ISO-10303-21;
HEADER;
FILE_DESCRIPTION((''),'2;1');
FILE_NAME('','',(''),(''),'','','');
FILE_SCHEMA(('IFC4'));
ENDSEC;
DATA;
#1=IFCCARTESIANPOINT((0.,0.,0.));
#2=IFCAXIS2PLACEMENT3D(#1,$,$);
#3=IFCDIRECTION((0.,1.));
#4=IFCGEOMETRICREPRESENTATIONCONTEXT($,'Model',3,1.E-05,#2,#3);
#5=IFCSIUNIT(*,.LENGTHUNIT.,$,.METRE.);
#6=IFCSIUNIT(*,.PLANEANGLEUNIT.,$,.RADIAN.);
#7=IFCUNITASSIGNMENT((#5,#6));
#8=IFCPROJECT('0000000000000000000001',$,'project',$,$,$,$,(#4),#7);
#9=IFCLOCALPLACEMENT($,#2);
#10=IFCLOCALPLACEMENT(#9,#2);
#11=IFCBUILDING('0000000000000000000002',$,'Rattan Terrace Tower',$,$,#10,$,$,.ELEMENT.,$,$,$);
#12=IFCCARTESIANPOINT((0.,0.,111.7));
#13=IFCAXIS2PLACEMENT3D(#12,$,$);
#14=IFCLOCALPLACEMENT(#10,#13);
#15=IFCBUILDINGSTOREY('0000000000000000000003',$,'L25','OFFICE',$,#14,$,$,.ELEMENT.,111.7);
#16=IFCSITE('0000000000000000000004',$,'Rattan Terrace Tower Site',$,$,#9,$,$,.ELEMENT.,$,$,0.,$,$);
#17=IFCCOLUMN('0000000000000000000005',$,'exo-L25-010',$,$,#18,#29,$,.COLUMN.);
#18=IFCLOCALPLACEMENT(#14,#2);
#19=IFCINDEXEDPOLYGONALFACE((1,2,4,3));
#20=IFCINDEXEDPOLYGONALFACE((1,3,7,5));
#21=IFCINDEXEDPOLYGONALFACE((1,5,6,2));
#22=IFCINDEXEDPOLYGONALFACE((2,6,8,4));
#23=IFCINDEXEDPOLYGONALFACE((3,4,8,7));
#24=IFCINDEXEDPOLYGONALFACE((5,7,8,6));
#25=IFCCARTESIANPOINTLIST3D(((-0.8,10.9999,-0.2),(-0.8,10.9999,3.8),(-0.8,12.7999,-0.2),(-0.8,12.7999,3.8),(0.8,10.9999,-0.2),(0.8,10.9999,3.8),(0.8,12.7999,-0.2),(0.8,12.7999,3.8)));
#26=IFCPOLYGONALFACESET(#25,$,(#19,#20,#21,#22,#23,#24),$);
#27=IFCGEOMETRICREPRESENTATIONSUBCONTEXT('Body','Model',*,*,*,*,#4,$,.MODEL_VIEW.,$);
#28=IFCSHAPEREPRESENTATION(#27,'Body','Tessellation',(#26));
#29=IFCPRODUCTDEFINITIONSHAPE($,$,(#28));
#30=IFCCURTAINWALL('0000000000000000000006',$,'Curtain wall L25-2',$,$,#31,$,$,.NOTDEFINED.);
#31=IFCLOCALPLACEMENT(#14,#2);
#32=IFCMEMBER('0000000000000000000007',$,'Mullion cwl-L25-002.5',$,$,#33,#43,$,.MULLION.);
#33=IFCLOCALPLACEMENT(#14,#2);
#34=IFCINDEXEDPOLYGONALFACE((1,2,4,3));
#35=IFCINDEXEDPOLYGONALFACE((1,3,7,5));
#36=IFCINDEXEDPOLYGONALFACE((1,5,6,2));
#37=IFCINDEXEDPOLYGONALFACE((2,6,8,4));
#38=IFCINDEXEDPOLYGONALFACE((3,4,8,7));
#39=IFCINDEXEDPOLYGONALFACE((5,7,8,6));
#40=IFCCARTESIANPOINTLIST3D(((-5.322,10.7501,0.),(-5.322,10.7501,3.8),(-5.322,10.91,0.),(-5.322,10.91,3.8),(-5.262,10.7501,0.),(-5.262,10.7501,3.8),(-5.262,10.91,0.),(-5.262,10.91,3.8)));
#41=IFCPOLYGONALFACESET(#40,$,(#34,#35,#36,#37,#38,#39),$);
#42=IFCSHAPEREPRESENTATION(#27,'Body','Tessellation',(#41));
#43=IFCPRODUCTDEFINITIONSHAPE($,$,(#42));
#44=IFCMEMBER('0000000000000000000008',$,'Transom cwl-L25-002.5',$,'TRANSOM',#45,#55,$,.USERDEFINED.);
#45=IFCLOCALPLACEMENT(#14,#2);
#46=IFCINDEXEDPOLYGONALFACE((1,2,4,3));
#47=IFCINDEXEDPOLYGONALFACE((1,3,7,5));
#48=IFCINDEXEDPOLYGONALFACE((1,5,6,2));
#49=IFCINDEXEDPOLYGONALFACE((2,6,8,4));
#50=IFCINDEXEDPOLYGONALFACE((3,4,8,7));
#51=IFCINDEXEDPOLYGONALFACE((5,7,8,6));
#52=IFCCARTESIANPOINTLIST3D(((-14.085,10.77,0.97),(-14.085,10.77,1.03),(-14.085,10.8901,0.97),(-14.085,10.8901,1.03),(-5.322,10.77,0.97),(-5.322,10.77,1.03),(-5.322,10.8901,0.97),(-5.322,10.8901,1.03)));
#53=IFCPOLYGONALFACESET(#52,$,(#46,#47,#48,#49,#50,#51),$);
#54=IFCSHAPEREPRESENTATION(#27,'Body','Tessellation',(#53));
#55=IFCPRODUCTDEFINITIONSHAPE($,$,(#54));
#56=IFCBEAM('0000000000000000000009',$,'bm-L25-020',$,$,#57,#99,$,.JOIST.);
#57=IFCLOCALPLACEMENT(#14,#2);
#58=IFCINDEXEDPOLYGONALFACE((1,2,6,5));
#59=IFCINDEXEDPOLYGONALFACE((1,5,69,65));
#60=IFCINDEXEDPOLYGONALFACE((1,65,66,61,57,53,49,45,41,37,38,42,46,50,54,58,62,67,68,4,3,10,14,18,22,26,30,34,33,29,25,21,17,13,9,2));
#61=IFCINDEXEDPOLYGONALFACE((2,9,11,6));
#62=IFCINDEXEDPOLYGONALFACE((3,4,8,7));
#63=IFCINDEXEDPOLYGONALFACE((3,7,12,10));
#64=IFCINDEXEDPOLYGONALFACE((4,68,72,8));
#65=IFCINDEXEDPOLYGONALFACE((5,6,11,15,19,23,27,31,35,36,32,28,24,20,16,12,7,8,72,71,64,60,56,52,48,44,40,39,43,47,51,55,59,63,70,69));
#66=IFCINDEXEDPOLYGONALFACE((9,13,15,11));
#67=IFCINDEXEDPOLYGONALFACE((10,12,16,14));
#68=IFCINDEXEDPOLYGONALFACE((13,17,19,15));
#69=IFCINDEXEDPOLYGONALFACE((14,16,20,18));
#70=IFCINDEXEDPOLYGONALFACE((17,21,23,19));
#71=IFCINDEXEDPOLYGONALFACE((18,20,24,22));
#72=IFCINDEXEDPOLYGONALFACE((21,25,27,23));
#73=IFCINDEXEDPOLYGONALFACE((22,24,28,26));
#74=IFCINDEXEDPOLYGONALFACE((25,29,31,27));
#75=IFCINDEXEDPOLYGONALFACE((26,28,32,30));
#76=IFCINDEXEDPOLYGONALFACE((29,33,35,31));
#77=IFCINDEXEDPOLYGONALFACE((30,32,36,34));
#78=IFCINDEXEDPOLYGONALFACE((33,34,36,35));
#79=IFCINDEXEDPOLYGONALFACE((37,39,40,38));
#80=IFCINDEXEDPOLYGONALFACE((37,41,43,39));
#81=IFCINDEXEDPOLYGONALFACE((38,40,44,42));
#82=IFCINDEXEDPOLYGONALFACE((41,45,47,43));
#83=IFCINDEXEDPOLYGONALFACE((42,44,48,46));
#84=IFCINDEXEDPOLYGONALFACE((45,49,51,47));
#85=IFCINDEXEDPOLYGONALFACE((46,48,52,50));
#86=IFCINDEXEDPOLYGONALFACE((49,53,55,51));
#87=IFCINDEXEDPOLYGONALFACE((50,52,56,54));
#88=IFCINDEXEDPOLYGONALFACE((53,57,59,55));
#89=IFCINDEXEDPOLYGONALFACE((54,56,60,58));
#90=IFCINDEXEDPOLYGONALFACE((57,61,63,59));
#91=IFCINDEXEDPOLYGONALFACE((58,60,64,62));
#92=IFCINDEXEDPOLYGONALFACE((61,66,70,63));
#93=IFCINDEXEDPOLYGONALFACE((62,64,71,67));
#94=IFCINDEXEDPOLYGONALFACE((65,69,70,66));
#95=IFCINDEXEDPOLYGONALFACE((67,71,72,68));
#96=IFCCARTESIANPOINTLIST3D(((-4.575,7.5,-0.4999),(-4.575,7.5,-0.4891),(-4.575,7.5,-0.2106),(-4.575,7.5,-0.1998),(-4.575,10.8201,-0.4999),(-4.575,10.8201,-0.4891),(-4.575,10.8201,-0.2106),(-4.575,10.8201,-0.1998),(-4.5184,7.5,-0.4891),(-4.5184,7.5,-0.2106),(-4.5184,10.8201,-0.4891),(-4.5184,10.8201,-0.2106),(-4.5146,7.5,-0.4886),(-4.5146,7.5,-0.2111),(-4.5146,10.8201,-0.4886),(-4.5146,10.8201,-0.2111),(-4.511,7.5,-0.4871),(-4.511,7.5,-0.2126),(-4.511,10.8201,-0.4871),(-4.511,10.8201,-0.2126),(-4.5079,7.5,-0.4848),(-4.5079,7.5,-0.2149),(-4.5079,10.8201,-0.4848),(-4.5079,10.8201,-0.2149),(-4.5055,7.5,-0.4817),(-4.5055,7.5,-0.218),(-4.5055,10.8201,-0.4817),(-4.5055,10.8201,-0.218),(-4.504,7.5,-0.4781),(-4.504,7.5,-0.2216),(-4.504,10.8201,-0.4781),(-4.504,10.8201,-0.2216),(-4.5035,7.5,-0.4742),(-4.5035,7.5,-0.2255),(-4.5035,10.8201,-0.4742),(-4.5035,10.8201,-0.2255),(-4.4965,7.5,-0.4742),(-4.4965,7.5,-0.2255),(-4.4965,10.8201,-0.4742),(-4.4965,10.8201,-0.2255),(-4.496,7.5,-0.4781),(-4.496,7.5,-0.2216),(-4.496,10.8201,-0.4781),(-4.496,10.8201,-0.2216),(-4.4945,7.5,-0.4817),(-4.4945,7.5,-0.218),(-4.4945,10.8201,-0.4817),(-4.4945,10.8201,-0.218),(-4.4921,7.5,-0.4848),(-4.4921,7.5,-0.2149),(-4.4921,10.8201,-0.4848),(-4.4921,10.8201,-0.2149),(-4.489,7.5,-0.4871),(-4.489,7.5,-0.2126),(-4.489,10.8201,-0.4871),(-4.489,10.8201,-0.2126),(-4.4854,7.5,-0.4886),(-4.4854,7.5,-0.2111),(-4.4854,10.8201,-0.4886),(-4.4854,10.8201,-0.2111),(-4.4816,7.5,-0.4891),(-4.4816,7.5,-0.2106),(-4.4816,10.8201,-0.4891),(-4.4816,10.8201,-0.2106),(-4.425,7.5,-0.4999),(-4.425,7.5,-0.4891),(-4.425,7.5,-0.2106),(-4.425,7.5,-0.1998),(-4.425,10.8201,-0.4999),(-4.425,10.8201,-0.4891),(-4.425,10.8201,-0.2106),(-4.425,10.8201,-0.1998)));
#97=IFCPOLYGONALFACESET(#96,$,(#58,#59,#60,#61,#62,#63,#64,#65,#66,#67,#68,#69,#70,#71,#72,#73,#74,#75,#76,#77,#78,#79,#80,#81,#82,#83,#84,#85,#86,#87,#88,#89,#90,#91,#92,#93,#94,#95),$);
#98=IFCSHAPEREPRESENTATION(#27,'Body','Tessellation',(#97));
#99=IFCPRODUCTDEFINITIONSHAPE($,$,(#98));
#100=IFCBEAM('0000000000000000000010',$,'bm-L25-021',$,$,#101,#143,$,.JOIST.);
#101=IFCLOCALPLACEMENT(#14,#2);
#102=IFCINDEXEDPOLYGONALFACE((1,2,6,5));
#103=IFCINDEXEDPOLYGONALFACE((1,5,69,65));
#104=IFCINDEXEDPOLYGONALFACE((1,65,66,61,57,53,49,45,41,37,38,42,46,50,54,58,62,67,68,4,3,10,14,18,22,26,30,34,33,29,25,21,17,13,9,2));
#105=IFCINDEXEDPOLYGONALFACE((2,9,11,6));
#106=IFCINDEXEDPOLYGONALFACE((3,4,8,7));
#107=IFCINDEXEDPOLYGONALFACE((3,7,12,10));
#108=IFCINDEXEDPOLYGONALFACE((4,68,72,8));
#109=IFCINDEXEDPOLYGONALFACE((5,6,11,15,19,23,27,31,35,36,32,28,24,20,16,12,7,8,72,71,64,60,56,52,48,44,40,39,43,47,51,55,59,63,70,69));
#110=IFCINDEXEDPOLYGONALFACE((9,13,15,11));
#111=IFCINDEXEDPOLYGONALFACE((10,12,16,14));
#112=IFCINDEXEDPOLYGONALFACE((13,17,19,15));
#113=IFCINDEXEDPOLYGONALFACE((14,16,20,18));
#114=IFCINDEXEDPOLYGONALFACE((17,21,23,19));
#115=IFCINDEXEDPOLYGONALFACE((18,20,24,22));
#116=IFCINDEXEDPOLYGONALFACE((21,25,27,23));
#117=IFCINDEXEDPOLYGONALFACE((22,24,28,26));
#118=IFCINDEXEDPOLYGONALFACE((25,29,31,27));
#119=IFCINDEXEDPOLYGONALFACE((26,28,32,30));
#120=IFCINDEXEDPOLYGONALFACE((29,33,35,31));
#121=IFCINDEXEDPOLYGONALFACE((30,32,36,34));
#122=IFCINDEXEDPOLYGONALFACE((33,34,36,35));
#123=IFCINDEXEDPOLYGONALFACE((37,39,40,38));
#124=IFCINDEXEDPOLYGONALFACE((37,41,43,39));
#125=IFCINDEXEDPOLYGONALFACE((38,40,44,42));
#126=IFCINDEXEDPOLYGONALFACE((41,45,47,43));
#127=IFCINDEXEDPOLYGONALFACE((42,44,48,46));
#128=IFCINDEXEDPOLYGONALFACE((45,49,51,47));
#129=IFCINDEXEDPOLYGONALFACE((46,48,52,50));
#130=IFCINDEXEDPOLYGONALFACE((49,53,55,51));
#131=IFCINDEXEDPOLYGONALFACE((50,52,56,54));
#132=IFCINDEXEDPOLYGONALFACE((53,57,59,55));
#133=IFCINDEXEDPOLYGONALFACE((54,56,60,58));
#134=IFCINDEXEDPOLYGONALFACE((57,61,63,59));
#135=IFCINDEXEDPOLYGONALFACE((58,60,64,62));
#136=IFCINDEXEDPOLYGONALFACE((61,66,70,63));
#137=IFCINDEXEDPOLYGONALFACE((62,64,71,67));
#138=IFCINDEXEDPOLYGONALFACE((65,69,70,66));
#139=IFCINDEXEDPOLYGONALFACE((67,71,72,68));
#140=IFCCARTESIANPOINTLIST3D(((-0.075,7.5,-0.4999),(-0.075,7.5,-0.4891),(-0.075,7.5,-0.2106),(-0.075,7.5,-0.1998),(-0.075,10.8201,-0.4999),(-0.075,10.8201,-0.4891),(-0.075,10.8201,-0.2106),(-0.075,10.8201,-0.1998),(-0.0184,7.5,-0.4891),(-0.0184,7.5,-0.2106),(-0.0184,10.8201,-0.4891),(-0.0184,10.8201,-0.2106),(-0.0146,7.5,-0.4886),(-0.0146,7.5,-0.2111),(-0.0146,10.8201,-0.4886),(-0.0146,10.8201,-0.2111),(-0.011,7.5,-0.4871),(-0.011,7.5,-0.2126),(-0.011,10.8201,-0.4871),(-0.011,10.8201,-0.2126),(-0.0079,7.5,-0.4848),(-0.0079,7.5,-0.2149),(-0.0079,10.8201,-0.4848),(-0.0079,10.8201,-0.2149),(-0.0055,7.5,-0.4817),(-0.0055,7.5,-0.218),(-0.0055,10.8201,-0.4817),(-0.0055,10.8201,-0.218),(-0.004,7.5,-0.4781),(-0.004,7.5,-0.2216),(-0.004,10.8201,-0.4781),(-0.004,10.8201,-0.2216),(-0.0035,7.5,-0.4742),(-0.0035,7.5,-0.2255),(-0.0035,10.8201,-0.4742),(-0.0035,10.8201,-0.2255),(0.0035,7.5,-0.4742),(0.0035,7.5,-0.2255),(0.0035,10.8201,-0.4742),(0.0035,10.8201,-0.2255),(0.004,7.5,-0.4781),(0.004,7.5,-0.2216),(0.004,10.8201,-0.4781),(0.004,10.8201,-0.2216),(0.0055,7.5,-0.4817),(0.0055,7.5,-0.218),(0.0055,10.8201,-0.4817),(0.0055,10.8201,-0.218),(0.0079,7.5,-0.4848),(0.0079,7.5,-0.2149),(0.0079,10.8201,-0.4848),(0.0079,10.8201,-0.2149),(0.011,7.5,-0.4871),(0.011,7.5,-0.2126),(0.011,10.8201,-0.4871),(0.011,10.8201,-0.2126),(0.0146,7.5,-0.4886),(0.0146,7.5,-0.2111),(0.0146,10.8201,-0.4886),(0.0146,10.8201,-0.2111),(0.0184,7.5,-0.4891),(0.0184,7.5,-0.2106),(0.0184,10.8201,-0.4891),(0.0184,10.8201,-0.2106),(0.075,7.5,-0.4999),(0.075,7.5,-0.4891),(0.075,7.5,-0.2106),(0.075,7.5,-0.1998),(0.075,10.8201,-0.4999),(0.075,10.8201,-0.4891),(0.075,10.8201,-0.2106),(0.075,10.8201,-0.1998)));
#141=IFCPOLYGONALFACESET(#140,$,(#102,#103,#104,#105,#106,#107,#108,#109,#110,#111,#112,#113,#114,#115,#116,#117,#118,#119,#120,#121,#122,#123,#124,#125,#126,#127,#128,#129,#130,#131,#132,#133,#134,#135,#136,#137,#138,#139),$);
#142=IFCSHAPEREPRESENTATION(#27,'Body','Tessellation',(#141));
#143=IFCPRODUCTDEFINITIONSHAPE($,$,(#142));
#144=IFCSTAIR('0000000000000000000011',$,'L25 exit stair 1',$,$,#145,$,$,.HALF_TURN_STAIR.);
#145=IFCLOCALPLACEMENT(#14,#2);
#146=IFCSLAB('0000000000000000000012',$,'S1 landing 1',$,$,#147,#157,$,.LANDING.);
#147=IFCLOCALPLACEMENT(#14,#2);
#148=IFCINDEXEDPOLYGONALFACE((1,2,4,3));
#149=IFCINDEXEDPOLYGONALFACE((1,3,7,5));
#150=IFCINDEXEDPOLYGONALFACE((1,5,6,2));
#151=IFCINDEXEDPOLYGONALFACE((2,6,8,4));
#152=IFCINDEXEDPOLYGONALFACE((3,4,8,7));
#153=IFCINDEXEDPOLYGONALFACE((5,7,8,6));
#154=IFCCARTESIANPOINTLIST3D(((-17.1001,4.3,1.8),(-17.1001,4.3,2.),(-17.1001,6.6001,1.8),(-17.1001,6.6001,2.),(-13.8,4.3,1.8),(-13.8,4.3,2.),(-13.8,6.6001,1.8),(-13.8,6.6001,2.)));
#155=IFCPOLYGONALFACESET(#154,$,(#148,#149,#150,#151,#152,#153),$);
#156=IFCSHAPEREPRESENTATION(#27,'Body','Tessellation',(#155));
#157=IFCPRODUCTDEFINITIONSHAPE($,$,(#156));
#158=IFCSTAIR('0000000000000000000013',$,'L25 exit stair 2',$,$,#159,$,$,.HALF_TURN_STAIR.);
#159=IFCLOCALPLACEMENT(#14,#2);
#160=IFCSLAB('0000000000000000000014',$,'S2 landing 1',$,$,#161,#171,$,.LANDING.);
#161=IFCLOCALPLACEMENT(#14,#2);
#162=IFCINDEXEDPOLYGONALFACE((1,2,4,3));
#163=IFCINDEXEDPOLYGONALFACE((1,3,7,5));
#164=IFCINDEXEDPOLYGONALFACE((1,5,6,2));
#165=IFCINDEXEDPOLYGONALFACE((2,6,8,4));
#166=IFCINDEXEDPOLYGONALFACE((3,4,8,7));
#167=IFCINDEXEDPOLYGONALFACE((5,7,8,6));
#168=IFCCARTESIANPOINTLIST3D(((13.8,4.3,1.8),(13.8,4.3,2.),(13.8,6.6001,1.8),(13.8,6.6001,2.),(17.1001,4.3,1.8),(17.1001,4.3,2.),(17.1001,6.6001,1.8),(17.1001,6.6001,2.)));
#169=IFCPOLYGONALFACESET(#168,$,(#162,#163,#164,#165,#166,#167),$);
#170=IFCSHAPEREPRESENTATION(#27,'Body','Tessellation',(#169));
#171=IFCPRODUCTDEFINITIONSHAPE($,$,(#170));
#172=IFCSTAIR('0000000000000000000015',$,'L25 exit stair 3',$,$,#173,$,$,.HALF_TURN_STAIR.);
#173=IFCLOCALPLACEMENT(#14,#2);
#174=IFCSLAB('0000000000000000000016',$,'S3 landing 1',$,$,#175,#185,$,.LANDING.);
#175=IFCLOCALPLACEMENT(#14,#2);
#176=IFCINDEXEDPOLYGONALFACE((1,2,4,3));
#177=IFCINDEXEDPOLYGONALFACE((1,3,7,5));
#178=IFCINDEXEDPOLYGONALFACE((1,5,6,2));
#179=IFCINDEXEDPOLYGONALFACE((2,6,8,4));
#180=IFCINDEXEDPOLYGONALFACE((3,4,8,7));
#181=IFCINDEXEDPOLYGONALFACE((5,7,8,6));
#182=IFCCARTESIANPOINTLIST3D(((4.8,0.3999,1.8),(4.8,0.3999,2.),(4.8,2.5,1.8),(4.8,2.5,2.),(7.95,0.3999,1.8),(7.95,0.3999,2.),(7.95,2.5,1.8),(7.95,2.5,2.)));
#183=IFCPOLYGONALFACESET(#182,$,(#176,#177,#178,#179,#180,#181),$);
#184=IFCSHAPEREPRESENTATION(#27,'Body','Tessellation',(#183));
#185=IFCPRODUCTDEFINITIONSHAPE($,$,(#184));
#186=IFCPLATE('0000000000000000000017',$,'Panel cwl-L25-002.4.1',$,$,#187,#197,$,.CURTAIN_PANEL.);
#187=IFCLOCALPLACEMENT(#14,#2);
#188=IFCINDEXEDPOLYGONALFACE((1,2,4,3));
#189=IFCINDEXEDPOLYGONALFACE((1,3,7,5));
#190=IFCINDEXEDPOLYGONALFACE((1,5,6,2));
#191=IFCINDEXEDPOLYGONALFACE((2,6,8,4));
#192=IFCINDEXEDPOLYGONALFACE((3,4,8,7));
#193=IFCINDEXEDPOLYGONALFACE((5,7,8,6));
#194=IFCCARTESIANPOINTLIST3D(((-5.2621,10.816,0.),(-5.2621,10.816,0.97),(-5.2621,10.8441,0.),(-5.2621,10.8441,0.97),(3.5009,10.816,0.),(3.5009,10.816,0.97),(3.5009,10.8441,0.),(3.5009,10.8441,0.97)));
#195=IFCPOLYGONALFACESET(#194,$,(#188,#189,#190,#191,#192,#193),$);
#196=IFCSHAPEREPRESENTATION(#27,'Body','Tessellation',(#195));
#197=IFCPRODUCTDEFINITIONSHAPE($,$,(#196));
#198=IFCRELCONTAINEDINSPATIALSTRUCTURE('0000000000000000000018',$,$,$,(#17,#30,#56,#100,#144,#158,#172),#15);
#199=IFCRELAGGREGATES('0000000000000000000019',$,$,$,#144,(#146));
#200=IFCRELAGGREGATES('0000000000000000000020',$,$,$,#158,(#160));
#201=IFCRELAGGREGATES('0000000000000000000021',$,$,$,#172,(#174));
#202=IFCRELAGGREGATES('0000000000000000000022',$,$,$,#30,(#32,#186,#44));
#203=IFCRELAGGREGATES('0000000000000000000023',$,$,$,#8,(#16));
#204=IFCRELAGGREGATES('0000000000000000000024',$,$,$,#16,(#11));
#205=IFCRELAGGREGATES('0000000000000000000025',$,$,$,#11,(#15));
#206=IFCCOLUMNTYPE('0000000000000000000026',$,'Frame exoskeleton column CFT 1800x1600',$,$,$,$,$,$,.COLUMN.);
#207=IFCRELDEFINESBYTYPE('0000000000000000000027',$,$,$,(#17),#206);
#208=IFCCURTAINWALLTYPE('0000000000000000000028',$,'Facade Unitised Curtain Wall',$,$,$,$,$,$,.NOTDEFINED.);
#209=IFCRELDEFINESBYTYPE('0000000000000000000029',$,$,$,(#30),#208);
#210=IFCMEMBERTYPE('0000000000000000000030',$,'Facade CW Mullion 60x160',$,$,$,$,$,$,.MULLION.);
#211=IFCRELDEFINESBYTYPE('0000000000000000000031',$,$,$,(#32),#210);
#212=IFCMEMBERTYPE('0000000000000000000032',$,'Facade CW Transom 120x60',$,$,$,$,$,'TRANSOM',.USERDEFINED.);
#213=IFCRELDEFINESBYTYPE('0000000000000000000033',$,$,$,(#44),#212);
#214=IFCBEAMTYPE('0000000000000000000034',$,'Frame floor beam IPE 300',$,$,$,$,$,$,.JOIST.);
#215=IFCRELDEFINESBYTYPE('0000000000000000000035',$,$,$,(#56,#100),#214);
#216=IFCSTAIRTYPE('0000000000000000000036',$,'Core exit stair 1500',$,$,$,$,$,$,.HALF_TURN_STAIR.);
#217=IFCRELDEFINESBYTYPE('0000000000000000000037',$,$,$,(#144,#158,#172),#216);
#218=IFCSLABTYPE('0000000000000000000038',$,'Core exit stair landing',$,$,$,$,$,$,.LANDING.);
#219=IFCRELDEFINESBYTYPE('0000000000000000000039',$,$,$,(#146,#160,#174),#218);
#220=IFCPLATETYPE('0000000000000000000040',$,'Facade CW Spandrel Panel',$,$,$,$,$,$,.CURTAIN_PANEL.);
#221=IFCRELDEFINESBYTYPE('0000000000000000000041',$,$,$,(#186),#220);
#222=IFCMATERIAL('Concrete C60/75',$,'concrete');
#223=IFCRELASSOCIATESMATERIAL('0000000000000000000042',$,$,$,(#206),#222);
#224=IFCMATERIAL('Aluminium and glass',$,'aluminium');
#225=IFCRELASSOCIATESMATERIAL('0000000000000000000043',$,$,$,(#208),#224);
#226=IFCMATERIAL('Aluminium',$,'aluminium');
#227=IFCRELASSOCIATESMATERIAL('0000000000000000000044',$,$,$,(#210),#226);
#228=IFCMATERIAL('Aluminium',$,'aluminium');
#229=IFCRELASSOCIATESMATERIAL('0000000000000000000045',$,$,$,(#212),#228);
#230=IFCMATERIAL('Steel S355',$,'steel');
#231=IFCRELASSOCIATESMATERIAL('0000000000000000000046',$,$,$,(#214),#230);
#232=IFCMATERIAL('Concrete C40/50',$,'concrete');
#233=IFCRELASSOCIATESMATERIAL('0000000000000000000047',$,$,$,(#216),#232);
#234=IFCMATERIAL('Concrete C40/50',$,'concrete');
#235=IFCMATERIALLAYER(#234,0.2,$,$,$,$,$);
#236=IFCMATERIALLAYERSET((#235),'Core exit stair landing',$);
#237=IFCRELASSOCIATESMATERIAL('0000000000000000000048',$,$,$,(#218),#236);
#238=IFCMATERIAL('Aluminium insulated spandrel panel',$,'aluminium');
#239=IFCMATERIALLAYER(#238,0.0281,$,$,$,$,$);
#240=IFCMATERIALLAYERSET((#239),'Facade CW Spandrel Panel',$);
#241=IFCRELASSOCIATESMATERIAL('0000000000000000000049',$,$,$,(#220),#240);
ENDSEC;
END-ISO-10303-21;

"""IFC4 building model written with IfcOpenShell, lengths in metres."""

from ifc_helpers import new_model, si_unit, direction, frame, origin, origin_2d, place, context, subcontext, project, spatial, polyline, rectangle, i_section, outline, extrude, material, layer, layer_set, material_profile, profile_set, type_object, element, aggregate, save


model = new_model("IFC4")

# Units and contexts
model_context = context("Model", 3, precision=1e-05, world=origin(), true_north=direction((0.0, 1.0)))
body_context = subcontext(model_context, "Body", "Model", "MODEL_VIEW")
ifc_project = project(units=[si_unit("LENGTHUNIT", "METRE"), si_unit("PLANEANGLEUNIT", "RADIAN")], contexts=[model_context])

# Site, building, storey
site_placement = place(None, origin())
site = spatial("IfcSite", under=ifc_project, at=site_placement, Name="Rattan Terrace Tower Site", CompositionType="ELEMENT", RefElevation=0.0)
building_placement = place(site_placement, origin())
building = spatial("IfcBuilding", under=site, at=building_placement, Name="Rattan Terrace Tower", CompositionType="ELEMENT")
storey_placement = place(building_placement, frame((0.0, 0.0, 111.7)))
storey = spatial("IfcBuildingStorey", under=building, at=storey_placement, Name="L25", Description="OFFICE", CompositionType="ELEMENT", Elevation=111.7)

# Column
ifc_material_1 = material(Name="Concrete C60/75", Category="concrete")
ifc_material_profile_1 = material_profile(ifc_material_1, rectangle(XDim=1.6001, YDim=1.8, at=origin_2d()), Name="CFT 1800x1600")
ifc_profile_set_1 = profile_set([ifc_material_profile_1], Name="Concrete C60/75")
column_type = type_object("IfcColumnType", Name="Frame exoskeleton column CFT 1800x1600", PredefinedType="COLUMN", material=ifc_profile_set_1)
column_placement = place(storey_placement, frame((0.0, 11.8999, -0.2), z_axis=(0.0, 0.0, 1.0), x_axis=(1.0, 0.0, 0.0)))
element("IfcColumn", 1, at=column_placement, inside=storey, type_object=column_type, Name="exo-L25-010", PredefinedType="COLUMN", context=body_context, shape_type="SweptSolid", body=[
    extrude(rectangle(XDim=1.6001, YDim=1.8, at=origin_2d()), origin(), (0.0, 0.0, 1.0), 4.0),
])

# Curtain wall, members
ifc_material_2 = material(Name="Aluminium and glass", Category="aluminium")
curtain_wall_type = type_object("IfcCurtainWallType", Name="Facade Unitised Curtain Wall", PredefinedType="NOTDEFINED", material=ifc_material_2)
curtain_wall_placement = place(storey_placement, origin())
curtain_wall = element("IfcCurtainWall", 2, at=curtain_wall_placement, inside=storey, type_object=curtain_wall_type, Name="Curtain wall L25-2", PredefinedType="NOTDEFINED")
ifc_material_3 = material(Name="Aluminium", Category="aluminium")
ifc_material_profile_2 = material_profile(ifc_material_3, rectangle(XDim=0.0601, YDim=0.1599, at=origin_2d()), Name="Aluminium 60x160")
ifc_profile_set_2 = profile_set([ifc_material_profile_2], Name="Aluminium")
member_type_1 = type_object("IfcMemberType", Name="Facade CW Mullion 60x160", PredefinedType="MULLION", material=ifc_profile_set_2)
member_1_placement = place(storey_placement, frame((-5.292, 10.8301, 0.0), z_axis=(0.0, 0.0, 1.0), x_axis=(-1.0, 0.0, 0.0)))
member_1 = element("IfcMember", 3, at=member_1_placement, type_object=member_type_1, Name="Mullion cwl-L25-002.5", PredefinedType="MULLION", context=body_context, shape_type="SweptSolid", body=[
    extrude(rectangle(XDim=0.0601, YDim=0.1599, at=origin_2d()), origin(), (0.0, 0.0, 1.0), 3.8),
])
ifc_material_4 = material(Name="Aluminium", Category="aluminium")
ifc_material_profile_3 = material_profile(ifc_material_4, rectangle(XDim=0.1201, YDim=0.0601, at=origin_2d()), Name="Aluminium 120x60")
ifc_profile_set_3 = profile_set([ifc_material_profile_3], Name="Aluminium")
member_type_2 = type_object("IfcMemberType", Name="Facade CW Transom 120x60", ElementType="TRANSOM", PredefinedType="USERDEFINED", material=ifc_profile_set_3)
member_2_placement = place(storey_placement, frame((-5.322, 10.8301, 1.0), z_axis=(-1.0, 0.0, 0.0), x_axis=(0.0, -1.0, 0.0)))
member_2 = element("IfcMember", 4, at=member_2_placement, type_object=member_type_2, Name="Transom cwl-L25-002.5", ObjectType="TRANSOM", PredefinedType="USERDEFINED", context=body_context, shape_type="SweptSolid", body=[
    extrude(rectangle(XDim=0.1201, YDim=0.0601, at=origin_2d()), origin(), (0.0, 0.0, 1.0), 8.7629),
])

# Beams
ifc_material_5 = material(Name="Steel S355", Category="steel")
ifc_material_profile_4 = material_profile(ifc_material_5, i_section(OverallWidth=0.1499, OverallDepth=0.3, WebThickness=0.0071, FlangeThickness=0.0107, FilletRadius=0.0149, at=origin_2d()), Name="IPE 300")
ifc_profile_set_4 = profile_set([ifc_material_profile_4], Name="Steel S355")
beam_type = type_object("IfcBeamType", Name="Frame floor beam IPE 300", PredefinedType="JOIST", material=ifc_profile_set_4)
for number, where, z_axis, x_axis, name in (
    (5, (-4.5, 7.5, -0.3499), (0.0, 1.0, 0.0), (-1.0, 0.0, 0.0), "bm-L25-020"),
    (6, (0.0, 7.5, -0.3499), (0.0, 1.0, 0.0), (-1.0, 0.0, 0.0), "bm-L25-021"),
):
    element("IfcBeam", number, at=place(storey_placement, frame(where, z_axis=z_axis, x_axis=x_axis)), inside=storey, type_object=beam_type, Name=name, PredefinedType="JOIST", context=body_context, shape_type="SweptSolid", body=[
        extrude(i_section(OverallWidth=0.1499, OverallDepth=0.3, WebThickness=0.0071, FlangeThickness=0.0107, FilletRadius=0.0149, at=origin_2d()), origin(), (0.0, 0.0, 1.0), 3.3201),
    ])

# Stairs, slabs
ifc_material_6 = material(Name="Concrete C40/50", Category="concrete")
stair_type = type_object("IfcStairType", Name="Core exit stair 1500", PredefinedType="HALF_TURN_STAIR", material=ifc_material_6)
stair_1_placement = place(storey_placement, origin())
stair_1 = element("IfcStair", 7, at=stair_1_placement, inside=storey, type_object=stair_type, Name="L25 exit stair 1", PredefinedType="HALF_TURN_STAIR")
ifc_material_7 = material(Name="Concrete C40/50", Category="concrete")
ifc_layer_1 = layer(ifc_material_7, 0.2)
ifc_layer_set_1 = layer_set([ifc_layer_1], Name="Core exit stair landing")
slab_type_1 = type_object("IfcSlabType", Name="Core exit stair landing", PredefinedType="LANDING", material=ifc_layer_set_1)
slab_1_placement = place(storey_placement, frame((0.0, 0.0, 1.8)))
slab_1 = element("IfcSlab", 8, at=slab_1_placement, type_object=slab_type_1, Name="S1 landing 1", PredefinedType="LANDING", context=body_context, shape_type="SweptSolid", body=[
    extrude(outline(polyline([(-13.8, 4.3), (-13.8, 6.6001), (-17.1001, 6.6001), (-17.1001, 4.3), (-13.8, 4.3)])), origin(), (0.0, 0.0, 1.0), 0.2),
])
aggregate(stair_1, [slab_1])
stair_2_placement = place(storey_placement, origin())
stair_2 = element("IfcStair", 9, at=stair_2_placement, inside=storey, type_object=stair_type, Name="L25 exit stair 2", PredefinedType="HALF_TURN_STAIR")
slab_2_placement = place(storey_placement, frame((0.0, 0.0, 1.8)))
slab_2 = element("IfcSlab", 10, at=slab_2_placement, type_object=slab_type_1, Name="S2 landing 1", PredefinedType="LANDING", context=body_context, shape_type="SweptSolid", body=[
    extrude(outline(polyline([(17.1001, 4.3), (17.1001, 6.6001), (13.8, 6.6001), (13.8, 4.3), (17.1001, 4.3)])), origin(), (0.0, 0.0, 1.0), 0.2),
])
aggregate(stair_2, [slab_2])
stair_3_placement = place(storey_placement, origin())
stair_3 = element("IfcStair", 11, at=stair_3_placement, inside=storey, type_object=stair_type, Name="L25 exit stair 3", PredefinedType="HALF_TURN_STAIR")
slab_3_placement = place(storey_placement, frame((0.0, 0.0, 1.8)))
slab_3 = element("IfcSlab", 12, at=slab_3_placement, type_object=slab_type_1, Name="S3 landing 1", PredefinedType="LANDING", context=body_context, shape_type="SweptSolid", body=[
    extrude(outline(polyline([(4.8, 2.5), (4.8, 0.3999), (7.95, 0.3999), (7.95, 2.5), (4.8, 2.5)])), origin(), (0.0, 0.0, 1.0), 0.2),
])
aggregate(stair_3, [slab_3])

# Plate
ifc_material_8 = material(Name="Aluminium insulated spandrel panel", Category="aluminium")
ifc_layer_2 = layer(ifc_material_8, 0.0281)
ifc_layer_set_2 = layer_set([ifc_layer_2], Name="Facade CW Spandrel Panel")
plate_type_1 = type_object("IfcPlateType", Name="Facade CW Spandrel Panel", PredefinedType="CURTAIN_PANEL", material=ifc_layer_set_2)
plate_1_placement = place(storey_placement, frame((-0.8806, 10.8301, 0.0), z_axis=(0.0, 0.0, 1.0), x_axis=(-1.0, 0.0, 0.0)))
plate_1 = element("IfcPlate", 13, at=plate_1_placement, type_object=plate_type_1, Name="Panel cwl-L25-002.4.1", PredefinedType="CURTAIN_PANEL", context=body_context, shape_type="SweptSolid", body=[
    extrude(rectangle(XDim=8.7629, YDim=0.0281, at=origin_2d()), origin(), (0.0, 0.0, 1.0), 0.97),
])
aggregate(curtain_wall, [member_1, plate_1, member_2])

save(model, "model.ifc")
